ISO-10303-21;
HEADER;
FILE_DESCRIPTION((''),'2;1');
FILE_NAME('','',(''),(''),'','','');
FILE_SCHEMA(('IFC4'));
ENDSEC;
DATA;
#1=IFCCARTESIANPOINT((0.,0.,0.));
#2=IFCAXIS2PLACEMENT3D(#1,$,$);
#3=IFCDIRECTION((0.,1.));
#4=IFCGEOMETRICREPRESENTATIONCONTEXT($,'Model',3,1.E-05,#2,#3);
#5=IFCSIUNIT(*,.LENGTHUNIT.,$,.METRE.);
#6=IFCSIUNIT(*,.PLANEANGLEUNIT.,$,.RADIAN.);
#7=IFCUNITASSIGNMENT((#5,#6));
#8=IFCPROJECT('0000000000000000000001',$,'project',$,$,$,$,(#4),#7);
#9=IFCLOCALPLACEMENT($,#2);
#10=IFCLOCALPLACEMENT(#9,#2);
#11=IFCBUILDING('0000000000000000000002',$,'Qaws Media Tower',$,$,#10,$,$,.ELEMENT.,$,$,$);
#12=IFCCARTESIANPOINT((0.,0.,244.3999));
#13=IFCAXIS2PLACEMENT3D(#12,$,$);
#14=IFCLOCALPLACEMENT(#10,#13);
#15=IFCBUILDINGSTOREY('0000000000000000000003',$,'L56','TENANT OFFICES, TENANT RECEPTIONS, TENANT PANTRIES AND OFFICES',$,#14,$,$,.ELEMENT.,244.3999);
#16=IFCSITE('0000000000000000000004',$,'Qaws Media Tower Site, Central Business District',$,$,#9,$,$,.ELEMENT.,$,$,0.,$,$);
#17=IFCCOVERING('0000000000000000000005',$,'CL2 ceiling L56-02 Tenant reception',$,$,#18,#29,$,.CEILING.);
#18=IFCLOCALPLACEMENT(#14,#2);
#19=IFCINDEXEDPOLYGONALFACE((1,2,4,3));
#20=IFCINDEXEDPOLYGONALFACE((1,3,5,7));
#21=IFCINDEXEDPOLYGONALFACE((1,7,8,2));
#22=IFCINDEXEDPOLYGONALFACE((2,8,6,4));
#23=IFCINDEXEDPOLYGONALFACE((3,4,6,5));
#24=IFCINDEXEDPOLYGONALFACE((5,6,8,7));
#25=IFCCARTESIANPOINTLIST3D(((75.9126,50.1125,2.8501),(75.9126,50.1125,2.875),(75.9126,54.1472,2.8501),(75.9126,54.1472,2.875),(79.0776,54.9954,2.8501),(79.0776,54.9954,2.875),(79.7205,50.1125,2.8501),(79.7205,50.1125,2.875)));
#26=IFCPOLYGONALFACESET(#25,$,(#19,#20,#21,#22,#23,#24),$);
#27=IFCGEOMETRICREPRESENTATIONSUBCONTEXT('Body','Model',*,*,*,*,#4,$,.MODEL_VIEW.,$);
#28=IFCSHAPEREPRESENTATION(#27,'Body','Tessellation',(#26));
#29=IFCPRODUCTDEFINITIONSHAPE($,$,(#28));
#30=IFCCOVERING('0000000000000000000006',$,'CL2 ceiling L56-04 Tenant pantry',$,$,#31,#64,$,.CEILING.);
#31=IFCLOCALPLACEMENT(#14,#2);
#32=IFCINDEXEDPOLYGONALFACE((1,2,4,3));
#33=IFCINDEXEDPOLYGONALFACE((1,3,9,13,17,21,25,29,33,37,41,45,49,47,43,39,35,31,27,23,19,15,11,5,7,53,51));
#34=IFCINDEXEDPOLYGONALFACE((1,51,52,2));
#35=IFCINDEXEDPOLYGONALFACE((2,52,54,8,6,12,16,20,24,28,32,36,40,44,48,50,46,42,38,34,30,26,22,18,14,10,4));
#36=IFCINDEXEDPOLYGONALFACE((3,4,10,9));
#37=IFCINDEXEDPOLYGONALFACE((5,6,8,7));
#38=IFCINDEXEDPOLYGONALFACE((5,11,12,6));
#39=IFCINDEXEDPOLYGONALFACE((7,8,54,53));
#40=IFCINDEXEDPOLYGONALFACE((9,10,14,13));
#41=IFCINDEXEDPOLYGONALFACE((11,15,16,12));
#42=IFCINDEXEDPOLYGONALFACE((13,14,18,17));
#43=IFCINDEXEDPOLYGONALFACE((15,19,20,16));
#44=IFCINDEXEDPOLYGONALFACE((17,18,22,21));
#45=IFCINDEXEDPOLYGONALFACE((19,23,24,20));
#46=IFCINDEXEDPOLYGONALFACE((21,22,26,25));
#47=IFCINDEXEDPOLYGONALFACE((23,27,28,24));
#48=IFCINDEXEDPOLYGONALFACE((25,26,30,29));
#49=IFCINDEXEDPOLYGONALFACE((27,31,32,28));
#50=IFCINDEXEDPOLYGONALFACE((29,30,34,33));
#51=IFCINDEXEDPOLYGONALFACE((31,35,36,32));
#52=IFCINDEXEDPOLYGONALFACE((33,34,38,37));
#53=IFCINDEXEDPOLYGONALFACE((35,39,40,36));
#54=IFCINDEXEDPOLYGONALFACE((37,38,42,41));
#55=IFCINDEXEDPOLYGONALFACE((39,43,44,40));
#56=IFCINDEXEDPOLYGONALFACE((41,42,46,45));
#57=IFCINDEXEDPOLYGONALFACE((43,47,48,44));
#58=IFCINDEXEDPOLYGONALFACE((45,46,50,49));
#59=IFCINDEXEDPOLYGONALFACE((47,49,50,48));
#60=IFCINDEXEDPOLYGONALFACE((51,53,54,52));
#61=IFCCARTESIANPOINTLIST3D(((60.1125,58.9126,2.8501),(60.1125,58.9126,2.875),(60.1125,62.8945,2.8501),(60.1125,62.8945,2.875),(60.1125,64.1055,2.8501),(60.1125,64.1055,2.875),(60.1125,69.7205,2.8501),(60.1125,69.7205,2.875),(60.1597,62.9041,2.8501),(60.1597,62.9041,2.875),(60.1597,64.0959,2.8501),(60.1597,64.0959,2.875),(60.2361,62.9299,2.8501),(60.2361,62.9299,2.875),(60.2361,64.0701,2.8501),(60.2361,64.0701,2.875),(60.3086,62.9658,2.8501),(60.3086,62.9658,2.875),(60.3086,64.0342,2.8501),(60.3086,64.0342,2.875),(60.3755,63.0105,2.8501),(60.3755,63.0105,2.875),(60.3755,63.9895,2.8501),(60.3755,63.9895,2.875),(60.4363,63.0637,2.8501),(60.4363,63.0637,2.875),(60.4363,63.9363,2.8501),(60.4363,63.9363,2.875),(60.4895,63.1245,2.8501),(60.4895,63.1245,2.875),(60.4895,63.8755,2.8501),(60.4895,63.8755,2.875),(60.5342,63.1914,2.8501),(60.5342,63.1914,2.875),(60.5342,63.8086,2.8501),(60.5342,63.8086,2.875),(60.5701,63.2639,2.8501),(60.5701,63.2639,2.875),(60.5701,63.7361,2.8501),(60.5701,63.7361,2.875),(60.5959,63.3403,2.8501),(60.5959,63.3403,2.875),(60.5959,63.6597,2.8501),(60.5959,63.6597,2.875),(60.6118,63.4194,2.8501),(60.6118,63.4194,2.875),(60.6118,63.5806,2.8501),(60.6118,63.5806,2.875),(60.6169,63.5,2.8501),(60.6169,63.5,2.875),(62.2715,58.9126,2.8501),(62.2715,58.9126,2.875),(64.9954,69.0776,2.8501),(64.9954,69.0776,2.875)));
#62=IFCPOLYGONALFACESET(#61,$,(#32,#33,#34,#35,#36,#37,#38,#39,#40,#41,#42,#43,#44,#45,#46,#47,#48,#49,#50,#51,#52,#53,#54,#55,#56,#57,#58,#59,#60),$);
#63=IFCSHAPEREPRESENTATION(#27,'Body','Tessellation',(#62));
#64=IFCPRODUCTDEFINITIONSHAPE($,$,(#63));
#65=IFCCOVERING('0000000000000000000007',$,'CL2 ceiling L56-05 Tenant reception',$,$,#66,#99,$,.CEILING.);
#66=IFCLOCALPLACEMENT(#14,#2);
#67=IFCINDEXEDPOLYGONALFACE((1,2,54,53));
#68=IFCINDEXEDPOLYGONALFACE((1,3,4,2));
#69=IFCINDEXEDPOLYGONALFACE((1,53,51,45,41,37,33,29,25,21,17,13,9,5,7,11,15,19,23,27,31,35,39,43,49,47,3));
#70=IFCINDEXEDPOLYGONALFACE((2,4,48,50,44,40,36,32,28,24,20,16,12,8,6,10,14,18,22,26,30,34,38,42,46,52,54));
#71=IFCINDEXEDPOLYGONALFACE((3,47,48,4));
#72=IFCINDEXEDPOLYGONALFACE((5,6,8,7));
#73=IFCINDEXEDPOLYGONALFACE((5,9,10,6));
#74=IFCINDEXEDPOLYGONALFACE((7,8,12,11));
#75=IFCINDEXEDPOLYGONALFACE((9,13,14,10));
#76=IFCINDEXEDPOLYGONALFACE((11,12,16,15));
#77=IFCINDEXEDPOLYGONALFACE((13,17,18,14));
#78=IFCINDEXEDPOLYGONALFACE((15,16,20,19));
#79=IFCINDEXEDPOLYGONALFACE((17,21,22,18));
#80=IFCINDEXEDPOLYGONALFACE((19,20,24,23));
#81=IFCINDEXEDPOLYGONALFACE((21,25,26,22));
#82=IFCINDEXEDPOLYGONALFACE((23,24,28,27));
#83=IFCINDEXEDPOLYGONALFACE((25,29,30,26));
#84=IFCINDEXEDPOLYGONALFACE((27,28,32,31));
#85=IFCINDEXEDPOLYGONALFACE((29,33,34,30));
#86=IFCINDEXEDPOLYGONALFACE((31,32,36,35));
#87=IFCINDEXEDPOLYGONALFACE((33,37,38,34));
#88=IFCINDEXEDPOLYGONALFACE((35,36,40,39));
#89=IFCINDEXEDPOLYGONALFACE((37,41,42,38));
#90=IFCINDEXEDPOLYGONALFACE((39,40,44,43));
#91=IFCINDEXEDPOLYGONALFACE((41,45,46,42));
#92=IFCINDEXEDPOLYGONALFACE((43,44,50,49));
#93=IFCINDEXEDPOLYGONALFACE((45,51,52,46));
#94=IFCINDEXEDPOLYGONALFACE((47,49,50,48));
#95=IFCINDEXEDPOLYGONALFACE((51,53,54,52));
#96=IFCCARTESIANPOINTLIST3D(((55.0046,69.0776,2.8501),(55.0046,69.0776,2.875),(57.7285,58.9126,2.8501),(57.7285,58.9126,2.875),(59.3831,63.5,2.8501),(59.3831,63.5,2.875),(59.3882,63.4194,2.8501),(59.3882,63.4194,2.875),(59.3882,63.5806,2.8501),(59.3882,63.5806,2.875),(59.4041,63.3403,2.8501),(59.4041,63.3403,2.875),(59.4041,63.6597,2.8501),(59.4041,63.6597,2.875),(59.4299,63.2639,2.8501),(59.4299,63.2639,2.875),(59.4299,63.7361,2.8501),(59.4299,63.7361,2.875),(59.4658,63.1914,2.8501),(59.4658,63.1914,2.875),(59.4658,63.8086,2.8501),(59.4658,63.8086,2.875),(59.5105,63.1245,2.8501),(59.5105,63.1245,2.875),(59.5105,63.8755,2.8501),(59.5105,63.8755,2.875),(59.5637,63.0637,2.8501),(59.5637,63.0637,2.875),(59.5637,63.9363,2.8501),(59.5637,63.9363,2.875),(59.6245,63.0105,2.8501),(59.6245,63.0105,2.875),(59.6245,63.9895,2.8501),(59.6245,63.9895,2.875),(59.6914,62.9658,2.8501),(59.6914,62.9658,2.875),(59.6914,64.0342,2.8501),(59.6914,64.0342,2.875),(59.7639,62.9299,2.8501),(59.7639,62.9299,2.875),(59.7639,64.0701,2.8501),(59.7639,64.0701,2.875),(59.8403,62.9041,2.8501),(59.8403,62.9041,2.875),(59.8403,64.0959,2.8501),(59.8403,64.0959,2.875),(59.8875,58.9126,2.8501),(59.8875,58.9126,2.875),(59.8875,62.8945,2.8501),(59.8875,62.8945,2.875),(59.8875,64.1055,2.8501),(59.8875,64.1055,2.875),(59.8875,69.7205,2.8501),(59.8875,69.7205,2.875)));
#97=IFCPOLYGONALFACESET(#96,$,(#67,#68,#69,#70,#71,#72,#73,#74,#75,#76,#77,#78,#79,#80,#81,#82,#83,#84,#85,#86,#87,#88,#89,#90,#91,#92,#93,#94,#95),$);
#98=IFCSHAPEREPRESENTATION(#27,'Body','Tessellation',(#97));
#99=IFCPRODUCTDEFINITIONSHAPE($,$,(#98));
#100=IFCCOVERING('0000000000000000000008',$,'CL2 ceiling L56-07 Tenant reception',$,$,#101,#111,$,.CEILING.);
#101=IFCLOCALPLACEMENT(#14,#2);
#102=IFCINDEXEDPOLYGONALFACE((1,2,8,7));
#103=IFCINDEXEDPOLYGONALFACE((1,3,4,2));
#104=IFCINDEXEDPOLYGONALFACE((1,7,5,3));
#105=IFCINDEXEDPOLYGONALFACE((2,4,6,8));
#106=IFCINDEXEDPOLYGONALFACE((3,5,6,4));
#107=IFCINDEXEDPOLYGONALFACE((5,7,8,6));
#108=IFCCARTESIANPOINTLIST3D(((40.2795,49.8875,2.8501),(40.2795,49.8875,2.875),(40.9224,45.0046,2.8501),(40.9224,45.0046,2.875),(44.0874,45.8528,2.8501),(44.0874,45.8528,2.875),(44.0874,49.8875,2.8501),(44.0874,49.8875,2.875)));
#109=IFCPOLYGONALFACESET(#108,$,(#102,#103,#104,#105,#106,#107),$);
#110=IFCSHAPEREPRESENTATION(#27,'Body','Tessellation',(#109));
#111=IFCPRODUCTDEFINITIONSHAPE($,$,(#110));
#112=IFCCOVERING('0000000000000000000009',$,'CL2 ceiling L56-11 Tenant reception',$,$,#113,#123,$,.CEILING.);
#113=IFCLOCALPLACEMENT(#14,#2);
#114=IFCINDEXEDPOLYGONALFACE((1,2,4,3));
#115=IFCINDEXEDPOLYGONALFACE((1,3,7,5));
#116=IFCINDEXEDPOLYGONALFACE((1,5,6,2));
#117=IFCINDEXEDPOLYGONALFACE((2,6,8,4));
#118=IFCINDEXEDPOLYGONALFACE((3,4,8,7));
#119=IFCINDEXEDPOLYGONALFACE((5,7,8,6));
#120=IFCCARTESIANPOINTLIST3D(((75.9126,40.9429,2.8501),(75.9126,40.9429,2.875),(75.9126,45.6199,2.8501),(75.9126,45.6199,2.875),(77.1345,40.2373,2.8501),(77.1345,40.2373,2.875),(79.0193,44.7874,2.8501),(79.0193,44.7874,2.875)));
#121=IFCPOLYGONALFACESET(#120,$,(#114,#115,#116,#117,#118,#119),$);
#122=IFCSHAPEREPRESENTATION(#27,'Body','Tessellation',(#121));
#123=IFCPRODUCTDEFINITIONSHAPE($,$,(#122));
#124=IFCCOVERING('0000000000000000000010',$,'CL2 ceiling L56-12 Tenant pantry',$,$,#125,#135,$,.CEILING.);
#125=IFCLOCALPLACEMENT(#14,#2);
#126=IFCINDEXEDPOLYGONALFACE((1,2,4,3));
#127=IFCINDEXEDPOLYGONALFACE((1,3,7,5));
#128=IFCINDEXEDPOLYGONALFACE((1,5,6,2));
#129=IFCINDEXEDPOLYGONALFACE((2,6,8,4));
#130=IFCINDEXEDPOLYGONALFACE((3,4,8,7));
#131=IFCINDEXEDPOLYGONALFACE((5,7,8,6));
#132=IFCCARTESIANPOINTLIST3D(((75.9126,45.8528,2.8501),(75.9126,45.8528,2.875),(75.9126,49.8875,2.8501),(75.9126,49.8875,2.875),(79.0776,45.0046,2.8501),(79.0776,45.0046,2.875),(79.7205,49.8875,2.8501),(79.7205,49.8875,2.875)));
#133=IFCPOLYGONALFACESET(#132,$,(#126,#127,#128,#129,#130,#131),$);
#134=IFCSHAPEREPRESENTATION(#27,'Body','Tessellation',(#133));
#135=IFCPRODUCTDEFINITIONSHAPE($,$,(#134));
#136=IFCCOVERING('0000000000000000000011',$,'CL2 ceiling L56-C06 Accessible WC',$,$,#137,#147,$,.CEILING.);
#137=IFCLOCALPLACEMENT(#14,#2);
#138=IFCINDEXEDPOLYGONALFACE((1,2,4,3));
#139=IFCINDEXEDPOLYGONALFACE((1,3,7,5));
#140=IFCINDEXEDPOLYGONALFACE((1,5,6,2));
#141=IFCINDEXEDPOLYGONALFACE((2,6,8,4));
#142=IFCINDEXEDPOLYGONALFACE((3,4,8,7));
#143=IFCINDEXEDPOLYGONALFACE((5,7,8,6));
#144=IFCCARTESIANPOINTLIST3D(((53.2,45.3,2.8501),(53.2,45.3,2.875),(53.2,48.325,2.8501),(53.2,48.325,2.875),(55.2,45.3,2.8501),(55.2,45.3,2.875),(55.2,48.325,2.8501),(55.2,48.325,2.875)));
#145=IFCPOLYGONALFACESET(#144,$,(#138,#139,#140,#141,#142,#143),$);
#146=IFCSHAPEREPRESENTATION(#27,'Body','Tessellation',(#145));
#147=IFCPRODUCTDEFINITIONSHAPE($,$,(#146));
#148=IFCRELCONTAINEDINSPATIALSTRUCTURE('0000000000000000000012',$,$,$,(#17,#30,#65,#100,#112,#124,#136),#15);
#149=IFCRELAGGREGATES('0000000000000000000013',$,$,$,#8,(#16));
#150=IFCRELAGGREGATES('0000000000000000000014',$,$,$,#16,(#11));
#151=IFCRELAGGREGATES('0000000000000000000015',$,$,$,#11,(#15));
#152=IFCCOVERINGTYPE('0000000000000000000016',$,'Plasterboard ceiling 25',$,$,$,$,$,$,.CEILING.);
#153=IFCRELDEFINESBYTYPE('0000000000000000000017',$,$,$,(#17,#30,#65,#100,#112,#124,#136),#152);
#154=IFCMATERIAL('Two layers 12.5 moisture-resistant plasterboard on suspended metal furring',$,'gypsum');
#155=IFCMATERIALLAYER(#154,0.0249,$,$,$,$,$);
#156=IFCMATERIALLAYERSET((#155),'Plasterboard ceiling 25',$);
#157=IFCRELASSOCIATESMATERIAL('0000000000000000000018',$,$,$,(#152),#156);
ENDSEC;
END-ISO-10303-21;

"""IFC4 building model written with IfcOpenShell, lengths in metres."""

from ifc_helpers import new_model, si_unit, direction, frame, origin, place, context, subcontext, project, spatial, polyline, outline, extrude, material, layer, layer_set, type_object, element, save


model = new_model("IFC4")

# Units and contexts
model_context = context("Model", 3, precision=1e-05, world=origin(), true_north=direction((0.0, 1.0)))
body_context = subcontext(model_context, "Body", "Model", "MODEL_VIEW")
ifc_project = project(units=[si_unit("LENGTHUNIT", "METRE"), si_unit("PLANEANGLEUNIT", "RADIAN")], contexts=[model_context])

# Site, building, storey
site_placement = place(None, origin())
site = spatial("IfcSite", under=ifc_project, at=site_placement, Name="Qaws Media Tower Site, Central Business District", CompositionType="ELEMENT", RefElevation=0.0)
building_placement = place(site_placement, origin())
building = spatial("IfcBuilding", under=site, at=building_placement, Name="Qaws Media Tower", CompositionType="ELEMENT")
storey_placement = place(building_placement, frame((0.0, 0.0, 244.3999)))
storey = spatial("IfcBuildingStorey", under=building, at=storey_placement, Name="L56", Description="TENANT OFFICES, TENANT RECEPTIONS, TENANT PANTRIES AND OFFICES", CompositionType="ELEMENT", Elevation=244.3999)

# Coverings
ifc_material_1 = material(Name="Two layers 12.5 moisture-resistant plasterboard on suspended metal furring", Category="gypsum")
ifc_layer_1 = layer(ifc_material_1, 0.0249)
ifc_layer_set_1 = layer_set([ifc_layer_1], Name="Plasterboard ceiling 25")
covering_type_1 = type_object("IfcCoveringType", Name="Plasterboard ceiling 25", PredefinedType="CEILING", material=ifc_layer_set_1)
covering_1_placement = place(storey_placement, frame((0.0, 0.0, 2.8501)))
element("IfcCovering", 1, at=covering_1_placement, inside=storey, type_object=covering_type_1, Name="CL2 ceiling L56-02 Tenant reception", PredefinedType="CEILING", context=body_context, shape_type="SweptSolid", body=[
    extrude(outline(polyline([(79.7205, 50.1125), (75.9126, 50.1125), (75.9126, 54.1472), (79.0776, 54.9954), (79.7205, 50.1125)])), origin(), (0.0, 0.0, 1.0), 0.0249),
])
covering_2_placement = place(storey_placement, frame((0.0, 0.0, 2.8501)))
element("IfcCovering", 2, at=covering_2_placement, inside=storey, type_object=covering_type_1, Name="CL2 ceiling L56-04 Tenant pantry", PredefinedType="CEILING", context=body_context, shape_type="SweptSolid", body=[
    extrude(outline(polyline([(64.9954, 69.0776), (62.2715, 58.9126), (60.1125, 58.9126), (60.1125, 62.8945), (60.1597, 62.9041), (60.2361, 62.9299), (60.3086, 62.9658), (60.3755, 63.0105), (60.4363, 63.0637), (60.4895, 63.1245), (60.5342, 63.1914), (60.5701, 63.2639), (60.5959, 63.3403), (60.6118, 63.4194), (60.6169, 63.5), (60.6118, 63.5806), (60.5959, 63.6597), (60.5701, 63.7361), (60.5342, 63.8086), (60.4895, 63.8755), (60.4363, 63.9363), (60.3755, 63.9895), (60.3086, 64.0342), (60.2361, 64.0701), (60.1597, 64.0959), (60.1125, 64.1055), (60.1125, 69.7205), (64.9954, 69.0776)])), origin(), (0.0, 0.0, 1.0), 0.0249),
])
covering_3_placement = place(storey_placement, frame((0.0, 0.0, 2.8501)))
element("IfcCovering", 3, at=covering_3_placement, inside=storey, type_object=covering_type_1, Name="CL2 ceiling L56-05 Tenant reception", PredefinedType="CEILING", context=body_context, shape_type="SweptSolid", body=[
    extrude(outline(polyline([(59.8875, 69.7205), (59.8875, 64.1055), (59.8403, 64.0959), (59.7639, 64.0701), (59.6914, 64.0342), (59.6245, 63.9895), (59.5637, 63.9363), (59.5105, 63.8755), (59.4658, 63.8086), (59.4299, 63.7361), (59.4041, 63.6597), (59.3882, 63.5806), (59.3831, 63.5), (59.3882, 63.4194), (59.4041, 63.3403), (59.4299, 63.2639), (59.4658, 63.1914), (59.5105, 63.1245), (59.5637, 63.0637), (59.6245, 63.0105), (59.6914, 62.9658), (59.7639, 62.9299), (59.8403, 62.9041), (59.8875, 62.8945), (59.8875, 58.9126), (57.7285, 58.9126), (55.0046, 69.0776), (59.8875, 69.7205)])), origin(), (0.0, 0.0, 1.0), 0.0249),
])
covering_4_placement = place(storey_placement, frame((0.0, 0.0, 2.8501)))
element("IfcCovering", 4, at=covering_4_placement, inside=storey, type_object=covering_type_1, Name="CL2 ceiling L56-07 Tenant reception", PredefinedType="CEILING", context=body_context, shape_type="SweptSolid", body=[
    extrude(outline(polyline([(40.2795, 49.8875), (44.0874, 49.8875), (44.0874, 45.8528), (40.9224, 45.0046), (40.2795, 49.8875)])), origin(), (0.0, 0.0, 1.0), 0.0249),
])
covering_5_placement = place(storey_placement, frame((0.0, 0.0, 2.8501)))
element("IfcCovering", 5, at=covering_5_placement, inside=storey, type_object=covering_type_1, Name="CL2 ceiling L56-11 Tenant reception", PredefinedType="CEILING", context=body_context, shape_type="SweptSolid", body=[
    extrude(outline(polyline([(77.1345, 40.2373), (75.9126, 40.9429), (75.9126, 45.6199), (79.0193, 44.7874), (77.1345, 40.2373)])), origin(), (0.0, 0.0, 1.0), 0.0249),
])
covering_6_placement = place(storey_placement, frame((0.0, 0.0, 2.8501)))
element("IfcCovering", 6, at=covering_6_placement, inside=storey, type_object=covering_type_1, Name="CL2 ceiling L56-12 Tenant pantry", PredefinedType="CEILING", context=body_context, shape_type="SweptSolid", body=[
    extrude(outline(polyline([(79.0776, 45.0046), (75.9126, 45.8528), (75.9126, 49.8875), (79.7205, 49.8875), (79.0776, 45.0046)])), origin(), (0.0, 0.0, 1.0), 0.0249),
])
covering_7_placement = place(storey_placement, frame((0.0, 0.0, 2.8501)))
element("IfcCovering", 7, at=covering_7_placement, inside=storey, type_object=covering_type_1, Name="CL2 ceiling L56-C06 Accessible WC", PredefinedType="CEILING", context=body_context, shape_type="SweptSolid", body=[
    extrude(outline(polyline([(53.2, 45.3), (53.2, 48.325), (55.2, 48.325), (55.2, 45.3), (53.2, 45.3)])), origin(), (0.0, 0.0, 1.0), 0.0249),
])

save(model, "model.ifc")
